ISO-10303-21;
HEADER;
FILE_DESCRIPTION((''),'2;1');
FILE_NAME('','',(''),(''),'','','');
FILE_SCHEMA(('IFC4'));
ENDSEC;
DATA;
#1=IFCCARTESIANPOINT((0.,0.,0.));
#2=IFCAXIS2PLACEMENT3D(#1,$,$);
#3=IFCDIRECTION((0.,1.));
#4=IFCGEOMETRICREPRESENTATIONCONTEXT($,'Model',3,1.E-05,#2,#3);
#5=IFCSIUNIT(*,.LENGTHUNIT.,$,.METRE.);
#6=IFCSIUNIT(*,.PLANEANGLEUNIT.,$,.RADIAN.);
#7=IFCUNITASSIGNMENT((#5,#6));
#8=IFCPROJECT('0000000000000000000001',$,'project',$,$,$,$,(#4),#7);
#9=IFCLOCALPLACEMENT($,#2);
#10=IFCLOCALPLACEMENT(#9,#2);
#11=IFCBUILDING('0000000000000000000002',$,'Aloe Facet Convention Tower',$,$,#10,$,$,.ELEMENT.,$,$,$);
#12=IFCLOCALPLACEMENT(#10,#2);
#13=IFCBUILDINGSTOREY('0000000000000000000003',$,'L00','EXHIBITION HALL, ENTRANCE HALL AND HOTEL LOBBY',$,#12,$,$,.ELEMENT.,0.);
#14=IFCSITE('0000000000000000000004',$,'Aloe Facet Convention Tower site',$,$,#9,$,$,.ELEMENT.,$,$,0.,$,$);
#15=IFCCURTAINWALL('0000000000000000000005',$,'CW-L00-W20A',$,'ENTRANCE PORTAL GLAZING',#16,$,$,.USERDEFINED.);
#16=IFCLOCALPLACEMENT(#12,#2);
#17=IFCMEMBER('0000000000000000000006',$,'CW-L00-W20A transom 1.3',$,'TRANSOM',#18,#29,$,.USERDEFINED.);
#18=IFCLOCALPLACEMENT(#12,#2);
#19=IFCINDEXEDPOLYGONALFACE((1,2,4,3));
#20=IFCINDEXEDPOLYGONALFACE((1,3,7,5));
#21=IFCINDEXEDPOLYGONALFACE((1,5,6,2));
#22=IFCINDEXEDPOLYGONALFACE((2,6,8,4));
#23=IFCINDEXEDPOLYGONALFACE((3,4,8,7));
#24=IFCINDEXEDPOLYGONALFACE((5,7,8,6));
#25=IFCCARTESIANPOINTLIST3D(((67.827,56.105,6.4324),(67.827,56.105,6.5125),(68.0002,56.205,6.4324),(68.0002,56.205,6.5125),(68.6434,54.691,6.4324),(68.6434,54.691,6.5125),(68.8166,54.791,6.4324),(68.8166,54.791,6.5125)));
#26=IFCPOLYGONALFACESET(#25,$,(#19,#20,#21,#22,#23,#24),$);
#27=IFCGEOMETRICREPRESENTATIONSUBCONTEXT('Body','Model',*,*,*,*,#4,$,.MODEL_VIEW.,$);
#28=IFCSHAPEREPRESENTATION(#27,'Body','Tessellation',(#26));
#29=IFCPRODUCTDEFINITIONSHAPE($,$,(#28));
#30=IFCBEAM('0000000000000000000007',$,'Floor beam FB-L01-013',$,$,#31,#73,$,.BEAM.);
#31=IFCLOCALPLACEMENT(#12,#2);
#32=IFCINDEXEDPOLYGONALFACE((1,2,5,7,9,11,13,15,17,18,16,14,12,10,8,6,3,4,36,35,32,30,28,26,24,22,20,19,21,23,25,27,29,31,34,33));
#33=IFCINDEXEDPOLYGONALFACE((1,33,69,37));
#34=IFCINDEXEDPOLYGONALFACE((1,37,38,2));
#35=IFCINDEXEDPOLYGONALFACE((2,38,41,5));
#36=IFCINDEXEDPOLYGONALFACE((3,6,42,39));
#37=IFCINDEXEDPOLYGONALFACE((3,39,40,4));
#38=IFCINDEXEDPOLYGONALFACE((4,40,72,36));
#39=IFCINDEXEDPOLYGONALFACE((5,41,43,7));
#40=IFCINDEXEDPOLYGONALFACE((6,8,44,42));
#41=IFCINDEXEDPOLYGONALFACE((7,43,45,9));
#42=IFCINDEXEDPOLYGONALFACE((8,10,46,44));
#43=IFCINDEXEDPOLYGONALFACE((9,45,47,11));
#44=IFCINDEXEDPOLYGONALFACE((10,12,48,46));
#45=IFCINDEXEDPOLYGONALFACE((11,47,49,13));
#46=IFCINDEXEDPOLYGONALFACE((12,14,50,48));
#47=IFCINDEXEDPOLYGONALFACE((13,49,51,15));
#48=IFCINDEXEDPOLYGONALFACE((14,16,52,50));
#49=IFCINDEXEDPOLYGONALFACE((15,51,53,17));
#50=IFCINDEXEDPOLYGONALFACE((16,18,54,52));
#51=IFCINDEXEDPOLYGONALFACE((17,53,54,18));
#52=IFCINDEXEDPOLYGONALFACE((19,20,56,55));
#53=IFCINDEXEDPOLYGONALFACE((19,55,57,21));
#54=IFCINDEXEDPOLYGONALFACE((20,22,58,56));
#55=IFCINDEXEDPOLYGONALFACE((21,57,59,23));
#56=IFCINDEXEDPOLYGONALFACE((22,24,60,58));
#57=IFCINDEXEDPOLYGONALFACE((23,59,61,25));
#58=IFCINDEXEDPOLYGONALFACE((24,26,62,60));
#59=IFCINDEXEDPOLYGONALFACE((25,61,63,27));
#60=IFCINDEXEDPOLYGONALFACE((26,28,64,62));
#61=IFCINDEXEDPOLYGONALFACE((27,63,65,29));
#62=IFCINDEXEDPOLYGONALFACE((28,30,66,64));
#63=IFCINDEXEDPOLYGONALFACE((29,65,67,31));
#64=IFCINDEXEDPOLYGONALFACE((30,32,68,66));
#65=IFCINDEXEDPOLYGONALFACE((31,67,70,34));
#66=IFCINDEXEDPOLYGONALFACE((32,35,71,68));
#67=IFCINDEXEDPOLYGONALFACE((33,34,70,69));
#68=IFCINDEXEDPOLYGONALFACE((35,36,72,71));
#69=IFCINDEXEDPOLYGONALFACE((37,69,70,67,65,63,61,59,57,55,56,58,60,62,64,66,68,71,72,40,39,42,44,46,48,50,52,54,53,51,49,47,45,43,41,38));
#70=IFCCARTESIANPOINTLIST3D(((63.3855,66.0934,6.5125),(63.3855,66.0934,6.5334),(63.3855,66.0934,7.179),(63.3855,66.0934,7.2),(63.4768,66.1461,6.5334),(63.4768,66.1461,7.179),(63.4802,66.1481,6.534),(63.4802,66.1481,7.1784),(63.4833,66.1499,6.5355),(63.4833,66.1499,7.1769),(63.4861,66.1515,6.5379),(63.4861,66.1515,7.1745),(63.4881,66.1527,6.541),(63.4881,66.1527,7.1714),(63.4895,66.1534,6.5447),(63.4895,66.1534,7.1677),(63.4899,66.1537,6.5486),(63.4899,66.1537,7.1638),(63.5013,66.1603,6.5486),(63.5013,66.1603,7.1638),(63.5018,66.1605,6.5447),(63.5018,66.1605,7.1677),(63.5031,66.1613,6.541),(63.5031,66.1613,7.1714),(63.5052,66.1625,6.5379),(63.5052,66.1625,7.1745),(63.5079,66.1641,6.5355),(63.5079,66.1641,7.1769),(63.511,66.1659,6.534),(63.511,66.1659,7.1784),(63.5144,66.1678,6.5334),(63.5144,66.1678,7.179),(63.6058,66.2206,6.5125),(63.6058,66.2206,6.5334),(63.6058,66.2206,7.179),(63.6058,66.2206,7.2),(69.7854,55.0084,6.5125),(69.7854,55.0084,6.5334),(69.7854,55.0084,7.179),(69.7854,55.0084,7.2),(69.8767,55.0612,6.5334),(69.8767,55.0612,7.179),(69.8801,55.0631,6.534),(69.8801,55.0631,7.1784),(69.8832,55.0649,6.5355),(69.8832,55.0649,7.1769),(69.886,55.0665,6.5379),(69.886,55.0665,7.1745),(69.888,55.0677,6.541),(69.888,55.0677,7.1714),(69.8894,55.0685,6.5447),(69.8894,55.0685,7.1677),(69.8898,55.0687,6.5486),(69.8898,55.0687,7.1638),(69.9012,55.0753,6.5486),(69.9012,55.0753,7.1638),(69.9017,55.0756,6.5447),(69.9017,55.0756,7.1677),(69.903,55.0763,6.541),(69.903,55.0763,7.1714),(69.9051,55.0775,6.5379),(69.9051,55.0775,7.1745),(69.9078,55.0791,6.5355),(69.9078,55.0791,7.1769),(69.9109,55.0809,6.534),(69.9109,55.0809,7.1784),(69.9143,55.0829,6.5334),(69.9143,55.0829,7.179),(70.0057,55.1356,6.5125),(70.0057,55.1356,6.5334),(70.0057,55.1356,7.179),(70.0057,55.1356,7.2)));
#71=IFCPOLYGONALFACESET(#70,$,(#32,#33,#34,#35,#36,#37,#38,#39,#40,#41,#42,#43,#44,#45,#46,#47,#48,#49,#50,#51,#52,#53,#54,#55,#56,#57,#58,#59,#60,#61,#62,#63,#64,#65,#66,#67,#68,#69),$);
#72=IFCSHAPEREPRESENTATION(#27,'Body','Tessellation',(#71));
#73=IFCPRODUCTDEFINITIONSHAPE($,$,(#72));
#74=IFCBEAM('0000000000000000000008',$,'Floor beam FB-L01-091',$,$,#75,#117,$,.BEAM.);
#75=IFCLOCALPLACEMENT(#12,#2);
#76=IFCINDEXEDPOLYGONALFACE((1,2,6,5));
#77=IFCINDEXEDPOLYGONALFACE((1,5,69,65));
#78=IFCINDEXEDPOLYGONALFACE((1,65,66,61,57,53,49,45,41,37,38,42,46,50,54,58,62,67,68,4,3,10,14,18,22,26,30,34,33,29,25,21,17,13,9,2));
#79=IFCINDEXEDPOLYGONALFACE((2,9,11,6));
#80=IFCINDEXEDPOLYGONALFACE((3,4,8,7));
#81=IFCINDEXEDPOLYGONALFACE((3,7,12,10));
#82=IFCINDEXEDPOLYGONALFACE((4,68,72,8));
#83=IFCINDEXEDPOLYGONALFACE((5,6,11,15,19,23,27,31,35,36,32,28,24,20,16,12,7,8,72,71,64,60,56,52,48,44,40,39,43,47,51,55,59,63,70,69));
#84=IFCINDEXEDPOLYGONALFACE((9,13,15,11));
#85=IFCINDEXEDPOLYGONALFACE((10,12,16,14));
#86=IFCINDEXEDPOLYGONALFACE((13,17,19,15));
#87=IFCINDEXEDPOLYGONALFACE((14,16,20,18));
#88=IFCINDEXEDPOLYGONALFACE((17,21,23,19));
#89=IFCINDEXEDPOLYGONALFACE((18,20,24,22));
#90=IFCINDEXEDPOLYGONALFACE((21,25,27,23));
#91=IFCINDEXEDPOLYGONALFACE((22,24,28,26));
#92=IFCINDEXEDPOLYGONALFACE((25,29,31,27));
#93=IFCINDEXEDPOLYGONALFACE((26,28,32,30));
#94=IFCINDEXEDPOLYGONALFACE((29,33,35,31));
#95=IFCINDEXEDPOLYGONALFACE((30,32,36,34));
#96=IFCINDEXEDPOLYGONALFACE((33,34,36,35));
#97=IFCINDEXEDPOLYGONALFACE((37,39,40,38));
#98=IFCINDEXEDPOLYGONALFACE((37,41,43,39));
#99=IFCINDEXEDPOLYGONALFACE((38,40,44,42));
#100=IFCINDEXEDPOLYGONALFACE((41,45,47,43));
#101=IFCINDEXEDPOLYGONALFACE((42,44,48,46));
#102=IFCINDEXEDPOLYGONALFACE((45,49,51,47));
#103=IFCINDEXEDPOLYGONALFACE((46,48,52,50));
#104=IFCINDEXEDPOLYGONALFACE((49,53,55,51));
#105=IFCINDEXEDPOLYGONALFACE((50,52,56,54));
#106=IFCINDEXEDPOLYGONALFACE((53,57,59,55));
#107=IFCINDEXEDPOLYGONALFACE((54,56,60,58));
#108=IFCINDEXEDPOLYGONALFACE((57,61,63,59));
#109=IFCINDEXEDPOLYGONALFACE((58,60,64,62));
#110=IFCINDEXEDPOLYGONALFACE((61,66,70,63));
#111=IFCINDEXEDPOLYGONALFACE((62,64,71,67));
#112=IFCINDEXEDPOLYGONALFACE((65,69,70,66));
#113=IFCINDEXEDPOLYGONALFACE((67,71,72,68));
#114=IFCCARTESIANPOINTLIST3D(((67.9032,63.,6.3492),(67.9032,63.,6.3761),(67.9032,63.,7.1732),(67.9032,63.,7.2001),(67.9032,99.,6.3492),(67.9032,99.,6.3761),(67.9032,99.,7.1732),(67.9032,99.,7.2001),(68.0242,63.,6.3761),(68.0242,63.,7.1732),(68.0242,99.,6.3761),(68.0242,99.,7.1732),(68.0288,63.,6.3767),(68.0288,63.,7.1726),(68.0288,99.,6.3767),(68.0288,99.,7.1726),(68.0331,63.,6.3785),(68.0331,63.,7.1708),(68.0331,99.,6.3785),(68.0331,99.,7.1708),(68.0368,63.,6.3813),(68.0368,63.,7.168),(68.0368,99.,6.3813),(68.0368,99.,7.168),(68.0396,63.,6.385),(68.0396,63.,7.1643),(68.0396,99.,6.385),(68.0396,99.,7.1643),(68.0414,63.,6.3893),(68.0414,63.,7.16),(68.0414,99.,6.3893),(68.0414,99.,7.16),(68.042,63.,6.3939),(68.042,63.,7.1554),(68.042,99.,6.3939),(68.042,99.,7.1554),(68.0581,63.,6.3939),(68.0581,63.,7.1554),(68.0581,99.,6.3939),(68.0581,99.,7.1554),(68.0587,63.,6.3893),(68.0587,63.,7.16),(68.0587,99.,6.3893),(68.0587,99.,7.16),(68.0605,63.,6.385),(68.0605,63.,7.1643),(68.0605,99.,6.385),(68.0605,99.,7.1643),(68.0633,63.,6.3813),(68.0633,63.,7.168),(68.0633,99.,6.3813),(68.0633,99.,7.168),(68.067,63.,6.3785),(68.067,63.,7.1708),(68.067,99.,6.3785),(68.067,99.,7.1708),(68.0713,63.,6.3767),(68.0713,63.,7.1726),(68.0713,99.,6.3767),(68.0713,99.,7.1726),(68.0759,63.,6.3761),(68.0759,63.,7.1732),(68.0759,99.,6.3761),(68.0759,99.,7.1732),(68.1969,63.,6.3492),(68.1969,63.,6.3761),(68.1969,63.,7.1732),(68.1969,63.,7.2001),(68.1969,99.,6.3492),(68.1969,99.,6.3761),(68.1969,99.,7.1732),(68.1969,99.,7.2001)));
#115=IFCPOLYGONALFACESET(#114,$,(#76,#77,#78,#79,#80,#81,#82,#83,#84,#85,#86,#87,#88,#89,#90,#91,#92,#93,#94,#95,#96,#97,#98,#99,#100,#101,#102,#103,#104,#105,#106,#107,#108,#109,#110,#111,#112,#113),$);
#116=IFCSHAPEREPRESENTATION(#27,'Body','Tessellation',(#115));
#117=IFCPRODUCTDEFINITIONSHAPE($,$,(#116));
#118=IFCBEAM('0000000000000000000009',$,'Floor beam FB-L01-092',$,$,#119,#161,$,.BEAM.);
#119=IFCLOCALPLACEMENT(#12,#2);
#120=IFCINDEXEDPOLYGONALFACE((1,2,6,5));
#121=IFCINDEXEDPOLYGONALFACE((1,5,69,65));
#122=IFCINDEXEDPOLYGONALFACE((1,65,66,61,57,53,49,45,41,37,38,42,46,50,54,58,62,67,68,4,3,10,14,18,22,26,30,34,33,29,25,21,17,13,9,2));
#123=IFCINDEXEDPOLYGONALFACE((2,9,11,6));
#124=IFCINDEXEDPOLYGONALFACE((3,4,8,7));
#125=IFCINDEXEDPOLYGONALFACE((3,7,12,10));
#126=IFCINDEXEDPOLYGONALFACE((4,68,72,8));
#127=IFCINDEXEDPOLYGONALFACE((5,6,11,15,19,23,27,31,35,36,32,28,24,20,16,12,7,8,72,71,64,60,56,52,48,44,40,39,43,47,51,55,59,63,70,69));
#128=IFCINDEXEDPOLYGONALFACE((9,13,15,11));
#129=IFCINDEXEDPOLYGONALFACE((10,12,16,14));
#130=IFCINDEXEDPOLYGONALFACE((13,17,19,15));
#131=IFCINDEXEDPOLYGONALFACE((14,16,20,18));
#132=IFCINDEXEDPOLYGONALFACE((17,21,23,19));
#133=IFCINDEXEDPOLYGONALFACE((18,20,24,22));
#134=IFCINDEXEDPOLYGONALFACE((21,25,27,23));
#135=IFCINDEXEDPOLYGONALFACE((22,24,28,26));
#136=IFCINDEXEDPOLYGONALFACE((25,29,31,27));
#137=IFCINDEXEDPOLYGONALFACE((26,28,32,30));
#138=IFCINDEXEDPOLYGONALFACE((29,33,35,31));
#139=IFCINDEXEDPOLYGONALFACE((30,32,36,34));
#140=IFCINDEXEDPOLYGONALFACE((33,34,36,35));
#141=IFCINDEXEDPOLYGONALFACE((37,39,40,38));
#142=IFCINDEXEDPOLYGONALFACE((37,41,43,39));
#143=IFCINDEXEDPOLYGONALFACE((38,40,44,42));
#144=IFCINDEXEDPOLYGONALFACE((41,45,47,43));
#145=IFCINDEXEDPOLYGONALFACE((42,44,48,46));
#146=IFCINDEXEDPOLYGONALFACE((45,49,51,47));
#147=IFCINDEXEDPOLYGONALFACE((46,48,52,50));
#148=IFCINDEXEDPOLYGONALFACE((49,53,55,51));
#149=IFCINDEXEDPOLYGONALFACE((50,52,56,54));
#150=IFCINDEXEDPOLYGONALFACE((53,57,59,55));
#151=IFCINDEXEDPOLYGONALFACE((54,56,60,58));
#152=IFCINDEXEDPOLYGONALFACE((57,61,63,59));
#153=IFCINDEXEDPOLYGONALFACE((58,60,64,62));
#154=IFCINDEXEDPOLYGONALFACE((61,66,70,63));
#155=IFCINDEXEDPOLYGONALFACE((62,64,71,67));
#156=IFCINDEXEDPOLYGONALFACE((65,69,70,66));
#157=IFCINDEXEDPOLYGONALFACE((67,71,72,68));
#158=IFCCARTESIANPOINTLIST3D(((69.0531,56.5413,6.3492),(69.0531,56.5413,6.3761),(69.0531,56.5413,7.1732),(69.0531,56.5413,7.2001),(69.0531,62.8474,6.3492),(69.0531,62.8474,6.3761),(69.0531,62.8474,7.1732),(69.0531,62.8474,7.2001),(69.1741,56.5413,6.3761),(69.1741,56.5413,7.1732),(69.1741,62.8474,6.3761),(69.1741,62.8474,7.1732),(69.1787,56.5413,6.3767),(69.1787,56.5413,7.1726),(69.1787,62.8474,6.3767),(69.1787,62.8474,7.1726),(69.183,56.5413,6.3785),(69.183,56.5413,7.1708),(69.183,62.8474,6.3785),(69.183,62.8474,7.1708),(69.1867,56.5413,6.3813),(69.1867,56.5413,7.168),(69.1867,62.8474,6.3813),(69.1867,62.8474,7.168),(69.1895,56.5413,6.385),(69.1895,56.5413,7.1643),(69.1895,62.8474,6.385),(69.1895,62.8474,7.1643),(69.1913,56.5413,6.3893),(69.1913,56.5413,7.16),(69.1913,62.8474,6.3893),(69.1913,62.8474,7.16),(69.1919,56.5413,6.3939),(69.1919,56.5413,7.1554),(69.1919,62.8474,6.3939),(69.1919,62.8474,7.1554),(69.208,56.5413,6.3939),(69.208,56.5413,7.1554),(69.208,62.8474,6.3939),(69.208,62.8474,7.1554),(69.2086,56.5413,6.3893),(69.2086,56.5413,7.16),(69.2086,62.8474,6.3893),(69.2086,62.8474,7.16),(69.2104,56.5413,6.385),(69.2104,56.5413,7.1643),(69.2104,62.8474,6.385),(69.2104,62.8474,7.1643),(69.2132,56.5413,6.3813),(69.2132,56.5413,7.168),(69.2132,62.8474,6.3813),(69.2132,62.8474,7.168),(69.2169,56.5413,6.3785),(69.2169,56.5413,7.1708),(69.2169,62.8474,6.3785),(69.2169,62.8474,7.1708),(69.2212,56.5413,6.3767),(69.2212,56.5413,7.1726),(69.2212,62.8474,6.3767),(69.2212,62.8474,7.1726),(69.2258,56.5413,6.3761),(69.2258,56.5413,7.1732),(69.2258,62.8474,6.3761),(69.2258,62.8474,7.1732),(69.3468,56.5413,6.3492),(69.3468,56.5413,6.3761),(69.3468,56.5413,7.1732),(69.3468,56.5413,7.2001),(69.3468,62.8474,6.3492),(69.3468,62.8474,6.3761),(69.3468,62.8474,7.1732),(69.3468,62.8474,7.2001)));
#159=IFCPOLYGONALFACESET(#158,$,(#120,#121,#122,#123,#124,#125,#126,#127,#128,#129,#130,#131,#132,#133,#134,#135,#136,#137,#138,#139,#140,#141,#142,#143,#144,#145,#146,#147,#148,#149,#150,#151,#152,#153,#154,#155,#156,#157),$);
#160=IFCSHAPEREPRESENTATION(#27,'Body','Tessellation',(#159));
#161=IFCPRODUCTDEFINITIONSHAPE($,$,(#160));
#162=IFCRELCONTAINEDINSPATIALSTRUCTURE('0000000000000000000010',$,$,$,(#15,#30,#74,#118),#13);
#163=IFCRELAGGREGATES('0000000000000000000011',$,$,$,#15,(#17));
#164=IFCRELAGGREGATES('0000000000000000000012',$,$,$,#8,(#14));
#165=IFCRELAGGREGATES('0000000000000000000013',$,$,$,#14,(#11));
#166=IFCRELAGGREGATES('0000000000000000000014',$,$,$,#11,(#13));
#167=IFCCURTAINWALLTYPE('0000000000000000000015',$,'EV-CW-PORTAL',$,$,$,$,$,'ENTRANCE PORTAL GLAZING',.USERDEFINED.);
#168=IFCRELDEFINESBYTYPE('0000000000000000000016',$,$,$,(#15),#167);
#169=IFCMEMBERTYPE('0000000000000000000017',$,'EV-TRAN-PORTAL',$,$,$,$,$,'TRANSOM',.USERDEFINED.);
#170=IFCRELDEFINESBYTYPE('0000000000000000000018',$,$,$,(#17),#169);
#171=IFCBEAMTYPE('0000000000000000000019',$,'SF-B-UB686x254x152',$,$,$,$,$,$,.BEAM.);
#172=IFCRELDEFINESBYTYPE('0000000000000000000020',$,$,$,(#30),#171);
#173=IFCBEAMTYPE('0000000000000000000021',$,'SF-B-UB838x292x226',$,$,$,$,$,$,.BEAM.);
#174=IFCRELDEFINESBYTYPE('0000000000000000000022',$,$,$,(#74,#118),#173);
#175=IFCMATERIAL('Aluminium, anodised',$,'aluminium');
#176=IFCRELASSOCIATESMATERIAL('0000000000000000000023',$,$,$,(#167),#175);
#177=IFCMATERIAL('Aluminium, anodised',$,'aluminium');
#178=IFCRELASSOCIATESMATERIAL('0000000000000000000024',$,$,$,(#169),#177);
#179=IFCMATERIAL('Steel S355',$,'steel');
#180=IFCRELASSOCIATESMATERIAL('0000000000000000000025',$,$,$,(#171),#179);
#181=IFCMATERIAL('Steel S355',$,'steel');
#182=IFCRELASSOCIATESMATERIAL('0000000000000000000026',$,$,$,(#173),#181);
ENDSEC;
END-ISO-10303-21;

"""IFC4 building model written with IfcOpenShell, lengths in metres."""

from ifc_helpers import new_model, si_unit, direction, frame, origin, origin_2d, place, context, subcontext, project, spatial, rectangle, i_section, extrude, material, material_profile, profile_set, type_object, element, aggregate, save


model = new_model("IFC4")

# Units and contexts
model_context = context("Model", 3, precision=1e-05, world=origin(), true_north=direction((0.0, 1.0)))
body_context = subcontext(model_context, "Body", "Model", "MODEL_VIEW")
ifc_project = project(units=[si_unit("LENGTHUNIT", "METRE"), si_unit("PLANEANGLEUNIT", "RADIAN")], contexts=[model_context])

# Site, building, storey
site_placement = place(None, origin())
site = spatial("IfcSite", under=ifc_project, at=site_placement, Name="Aloe Facet Convention Tower site", CompositionType="ELEMENT", RefElevation=0.0)
building_placement = place(site_placement, origin())
building = spatial("IfcBuilding", under=site, at=building_placement, Name="Aloe Facet Convention Tower", CompositionType="ELEMENT")
storey_placement = place(building_placement, origin())
storey = spatial("IfcBuildingStorey", under=building, at=storey_placement, Name="L00", Description="EXHIBITION HALL, ENTRANCE HALL AND HOTEL LOBBY", CompositionType="ELEMENT", Elevation=0.0)

# Shared definitions
ifc_material_1 = material(Name="Aluminium, anodised", Category="aluminium")
curtain_wall_type = type_object("IfcCurtainWallType", Name="EV-CW-PORTAL", ElementType="ENTRANCE PORTAL GLAZING", PredefinedType="USERDEFINED", material=ifc_material_1)

# Curtain wall
curtain_wall_1_placement = place(storey_placement, origin())
curtain_wall_1 = element("IfcCurtainWall", 1, at=curtain_wall_1_placement, inside=storey, type_object=curtain_wall_type, Name="CW-L00-W20A", ObjectType="ENTRANCE PORTAL GLAZING", PredefinedType="USERDEFINED")

# Member
ifc_material_2 = material(Name="Aluminium, anodised", Category="aluminium")
ifc_material_profile_1 = material_profile(ifc_material_2, rectangle(XDim=0.2, YDim=0.0801, at=origin_2d()), Name="AL 200x80")
ifc_profile_set_1 = profile_set([ifc_material_profile_1], Name="Aluminium, anodised")
member_type_1 = type_object("IfcMemberType", Name="EV-TRAN-PORTAL", ElementType="TRANSOM", PredefinedType="USERDEFINED", material=ifc_profile_set_1)
member_1_placement = place(storey_placement, frame((67.9136, 56.155, 6.4724), z_axis=(0.499999, -0.866026, 0.0), x_axis=(0.866026, 0.499999, 0.0)))
member_1 = element("IfcMember", 2, at=member_1_placement, type_object=member_type_1, Name="CW-L00-W20A transom 1.3", ObjectType="TRANSOM", PredefinedType="USERDEFINED", context=body_context, shape_type="SweptSolid", body=[
    extrude(rectangle(XDim=0.2, YDim=0.0801, at=origin_2d()), origin(), (0.0, 0.0, 1.0), 1.6328),
])

# Beams
ifc_material_3 = material(Name="Steel S355", Category="steel")
ifc_material_profile_2 = material_profile(ifc_material_3, i_section(OverallWidth=0.2544, OverallDepth=0.6875, WebThickness=0.0132, FlangeThickness=0.021, FilletRadius=0.0151, at=origin_2d()), Name="UB 686x254x152")
ifc_profile_set_2 = profile_set([ifc_material_profile_2], Name="Steel S355")
beam_type_1 = type_object("IfcBeamType", Name="SF-B-UB686x254x152", PredefinedType="BEAM", material=ifc_profile_set_2)
beam_1_placement = place(storey_placement, frame((69.8955, 55.072, 6.8562), z_axis=(-0.5, 0.866025, 0.0), x_axis=(-0.866025, -0.5, 0.0)))
element("IfcBeam", 3, at=beam_1_placement, inside=storey, type_object=beam_type_1, Name="Floor beam FB-L01-013", PredefinedType="BEAM", context=body_context, shape_type="SweptSolid", body=[
    extrude(i_section(OverallWidth=0.2544, OverallDepth=0.6875, WebThickness=0.0132, FlangeThickness=0.021, FilletRadius=0.0151, at=origin_2d()), origin(), (0.0, 0.0, 1.0), 12.7998),
])
ifc_material_4 = material(Name="Steel S355", Category="steel")
ifc_material_profile_3 = material_profile(ifc_material_4, i_section(OverallWidth=0.2937, OverallDepth=0.8508, WebThickness=0.0161, FlangeThickness=0.0269, FilletRadius=0.0178, at=origin_2d()), Name="UB 838x292x226")
ifc_profile_set_3 = profile_set([ifc_material_profile_3], Name="Steel S355")
beam_type_2 = type_object("IfcBeamType", Name="SF-B-UB838x292x226", PredefinedType="BEAM", material=ifc_profile_set_3)
beam_2_placement = place(storey_placement, frame((68.05, 63.0, 6.7747), z_axis=(0.0, 1.0, 0.0), x_axis=(-1.0, 0.0, 0.0)))
element("IfcBeam", 4, at=beam_2_placement, inside=storey, type_object=beam_type_2, Name="Floor beam FB-L01-091", PredefinedType="BEAM", context=body_context, shape_type="SweptSolid", body=[
    extrude(i_section(OverallWidth=0.2937, OverallDepth=0.8508, WebThickness=0.0161, FlangeThickness=0.0269, FilletRadius=0.0178, at=origin_2d()), origin(), (0.0, 0.0, 1.0), 36.0),
])
beam_3_placement = place(storey_placement, frame((69.2, 56.5413, 6.7747), z_axis=(0.0, 1.0, 0.0), x_axis=(-1.0, 0.0, 0.0)))
element("IfcBeam", 5, at=beam_3_placement, inside=storey, type_object=beam_type_2, Name="Floor beam FB-L01-092", PredefinedType="BEAM", context=body_context, shape_type="SweptSolid", body=[
    extrude(i_section(OverallWidth=0.2937, OverallDepth=0.8508, WebThickness=0.0161, FlangeThickness=0.0269, FilletRadius=0.0178, at=origin_2d()), origin(), (0.0, 0.0, 1.0), 6.3062),
])

aggregate(curtain_wall_1, [member_1])

save(model, "model.ifc")
